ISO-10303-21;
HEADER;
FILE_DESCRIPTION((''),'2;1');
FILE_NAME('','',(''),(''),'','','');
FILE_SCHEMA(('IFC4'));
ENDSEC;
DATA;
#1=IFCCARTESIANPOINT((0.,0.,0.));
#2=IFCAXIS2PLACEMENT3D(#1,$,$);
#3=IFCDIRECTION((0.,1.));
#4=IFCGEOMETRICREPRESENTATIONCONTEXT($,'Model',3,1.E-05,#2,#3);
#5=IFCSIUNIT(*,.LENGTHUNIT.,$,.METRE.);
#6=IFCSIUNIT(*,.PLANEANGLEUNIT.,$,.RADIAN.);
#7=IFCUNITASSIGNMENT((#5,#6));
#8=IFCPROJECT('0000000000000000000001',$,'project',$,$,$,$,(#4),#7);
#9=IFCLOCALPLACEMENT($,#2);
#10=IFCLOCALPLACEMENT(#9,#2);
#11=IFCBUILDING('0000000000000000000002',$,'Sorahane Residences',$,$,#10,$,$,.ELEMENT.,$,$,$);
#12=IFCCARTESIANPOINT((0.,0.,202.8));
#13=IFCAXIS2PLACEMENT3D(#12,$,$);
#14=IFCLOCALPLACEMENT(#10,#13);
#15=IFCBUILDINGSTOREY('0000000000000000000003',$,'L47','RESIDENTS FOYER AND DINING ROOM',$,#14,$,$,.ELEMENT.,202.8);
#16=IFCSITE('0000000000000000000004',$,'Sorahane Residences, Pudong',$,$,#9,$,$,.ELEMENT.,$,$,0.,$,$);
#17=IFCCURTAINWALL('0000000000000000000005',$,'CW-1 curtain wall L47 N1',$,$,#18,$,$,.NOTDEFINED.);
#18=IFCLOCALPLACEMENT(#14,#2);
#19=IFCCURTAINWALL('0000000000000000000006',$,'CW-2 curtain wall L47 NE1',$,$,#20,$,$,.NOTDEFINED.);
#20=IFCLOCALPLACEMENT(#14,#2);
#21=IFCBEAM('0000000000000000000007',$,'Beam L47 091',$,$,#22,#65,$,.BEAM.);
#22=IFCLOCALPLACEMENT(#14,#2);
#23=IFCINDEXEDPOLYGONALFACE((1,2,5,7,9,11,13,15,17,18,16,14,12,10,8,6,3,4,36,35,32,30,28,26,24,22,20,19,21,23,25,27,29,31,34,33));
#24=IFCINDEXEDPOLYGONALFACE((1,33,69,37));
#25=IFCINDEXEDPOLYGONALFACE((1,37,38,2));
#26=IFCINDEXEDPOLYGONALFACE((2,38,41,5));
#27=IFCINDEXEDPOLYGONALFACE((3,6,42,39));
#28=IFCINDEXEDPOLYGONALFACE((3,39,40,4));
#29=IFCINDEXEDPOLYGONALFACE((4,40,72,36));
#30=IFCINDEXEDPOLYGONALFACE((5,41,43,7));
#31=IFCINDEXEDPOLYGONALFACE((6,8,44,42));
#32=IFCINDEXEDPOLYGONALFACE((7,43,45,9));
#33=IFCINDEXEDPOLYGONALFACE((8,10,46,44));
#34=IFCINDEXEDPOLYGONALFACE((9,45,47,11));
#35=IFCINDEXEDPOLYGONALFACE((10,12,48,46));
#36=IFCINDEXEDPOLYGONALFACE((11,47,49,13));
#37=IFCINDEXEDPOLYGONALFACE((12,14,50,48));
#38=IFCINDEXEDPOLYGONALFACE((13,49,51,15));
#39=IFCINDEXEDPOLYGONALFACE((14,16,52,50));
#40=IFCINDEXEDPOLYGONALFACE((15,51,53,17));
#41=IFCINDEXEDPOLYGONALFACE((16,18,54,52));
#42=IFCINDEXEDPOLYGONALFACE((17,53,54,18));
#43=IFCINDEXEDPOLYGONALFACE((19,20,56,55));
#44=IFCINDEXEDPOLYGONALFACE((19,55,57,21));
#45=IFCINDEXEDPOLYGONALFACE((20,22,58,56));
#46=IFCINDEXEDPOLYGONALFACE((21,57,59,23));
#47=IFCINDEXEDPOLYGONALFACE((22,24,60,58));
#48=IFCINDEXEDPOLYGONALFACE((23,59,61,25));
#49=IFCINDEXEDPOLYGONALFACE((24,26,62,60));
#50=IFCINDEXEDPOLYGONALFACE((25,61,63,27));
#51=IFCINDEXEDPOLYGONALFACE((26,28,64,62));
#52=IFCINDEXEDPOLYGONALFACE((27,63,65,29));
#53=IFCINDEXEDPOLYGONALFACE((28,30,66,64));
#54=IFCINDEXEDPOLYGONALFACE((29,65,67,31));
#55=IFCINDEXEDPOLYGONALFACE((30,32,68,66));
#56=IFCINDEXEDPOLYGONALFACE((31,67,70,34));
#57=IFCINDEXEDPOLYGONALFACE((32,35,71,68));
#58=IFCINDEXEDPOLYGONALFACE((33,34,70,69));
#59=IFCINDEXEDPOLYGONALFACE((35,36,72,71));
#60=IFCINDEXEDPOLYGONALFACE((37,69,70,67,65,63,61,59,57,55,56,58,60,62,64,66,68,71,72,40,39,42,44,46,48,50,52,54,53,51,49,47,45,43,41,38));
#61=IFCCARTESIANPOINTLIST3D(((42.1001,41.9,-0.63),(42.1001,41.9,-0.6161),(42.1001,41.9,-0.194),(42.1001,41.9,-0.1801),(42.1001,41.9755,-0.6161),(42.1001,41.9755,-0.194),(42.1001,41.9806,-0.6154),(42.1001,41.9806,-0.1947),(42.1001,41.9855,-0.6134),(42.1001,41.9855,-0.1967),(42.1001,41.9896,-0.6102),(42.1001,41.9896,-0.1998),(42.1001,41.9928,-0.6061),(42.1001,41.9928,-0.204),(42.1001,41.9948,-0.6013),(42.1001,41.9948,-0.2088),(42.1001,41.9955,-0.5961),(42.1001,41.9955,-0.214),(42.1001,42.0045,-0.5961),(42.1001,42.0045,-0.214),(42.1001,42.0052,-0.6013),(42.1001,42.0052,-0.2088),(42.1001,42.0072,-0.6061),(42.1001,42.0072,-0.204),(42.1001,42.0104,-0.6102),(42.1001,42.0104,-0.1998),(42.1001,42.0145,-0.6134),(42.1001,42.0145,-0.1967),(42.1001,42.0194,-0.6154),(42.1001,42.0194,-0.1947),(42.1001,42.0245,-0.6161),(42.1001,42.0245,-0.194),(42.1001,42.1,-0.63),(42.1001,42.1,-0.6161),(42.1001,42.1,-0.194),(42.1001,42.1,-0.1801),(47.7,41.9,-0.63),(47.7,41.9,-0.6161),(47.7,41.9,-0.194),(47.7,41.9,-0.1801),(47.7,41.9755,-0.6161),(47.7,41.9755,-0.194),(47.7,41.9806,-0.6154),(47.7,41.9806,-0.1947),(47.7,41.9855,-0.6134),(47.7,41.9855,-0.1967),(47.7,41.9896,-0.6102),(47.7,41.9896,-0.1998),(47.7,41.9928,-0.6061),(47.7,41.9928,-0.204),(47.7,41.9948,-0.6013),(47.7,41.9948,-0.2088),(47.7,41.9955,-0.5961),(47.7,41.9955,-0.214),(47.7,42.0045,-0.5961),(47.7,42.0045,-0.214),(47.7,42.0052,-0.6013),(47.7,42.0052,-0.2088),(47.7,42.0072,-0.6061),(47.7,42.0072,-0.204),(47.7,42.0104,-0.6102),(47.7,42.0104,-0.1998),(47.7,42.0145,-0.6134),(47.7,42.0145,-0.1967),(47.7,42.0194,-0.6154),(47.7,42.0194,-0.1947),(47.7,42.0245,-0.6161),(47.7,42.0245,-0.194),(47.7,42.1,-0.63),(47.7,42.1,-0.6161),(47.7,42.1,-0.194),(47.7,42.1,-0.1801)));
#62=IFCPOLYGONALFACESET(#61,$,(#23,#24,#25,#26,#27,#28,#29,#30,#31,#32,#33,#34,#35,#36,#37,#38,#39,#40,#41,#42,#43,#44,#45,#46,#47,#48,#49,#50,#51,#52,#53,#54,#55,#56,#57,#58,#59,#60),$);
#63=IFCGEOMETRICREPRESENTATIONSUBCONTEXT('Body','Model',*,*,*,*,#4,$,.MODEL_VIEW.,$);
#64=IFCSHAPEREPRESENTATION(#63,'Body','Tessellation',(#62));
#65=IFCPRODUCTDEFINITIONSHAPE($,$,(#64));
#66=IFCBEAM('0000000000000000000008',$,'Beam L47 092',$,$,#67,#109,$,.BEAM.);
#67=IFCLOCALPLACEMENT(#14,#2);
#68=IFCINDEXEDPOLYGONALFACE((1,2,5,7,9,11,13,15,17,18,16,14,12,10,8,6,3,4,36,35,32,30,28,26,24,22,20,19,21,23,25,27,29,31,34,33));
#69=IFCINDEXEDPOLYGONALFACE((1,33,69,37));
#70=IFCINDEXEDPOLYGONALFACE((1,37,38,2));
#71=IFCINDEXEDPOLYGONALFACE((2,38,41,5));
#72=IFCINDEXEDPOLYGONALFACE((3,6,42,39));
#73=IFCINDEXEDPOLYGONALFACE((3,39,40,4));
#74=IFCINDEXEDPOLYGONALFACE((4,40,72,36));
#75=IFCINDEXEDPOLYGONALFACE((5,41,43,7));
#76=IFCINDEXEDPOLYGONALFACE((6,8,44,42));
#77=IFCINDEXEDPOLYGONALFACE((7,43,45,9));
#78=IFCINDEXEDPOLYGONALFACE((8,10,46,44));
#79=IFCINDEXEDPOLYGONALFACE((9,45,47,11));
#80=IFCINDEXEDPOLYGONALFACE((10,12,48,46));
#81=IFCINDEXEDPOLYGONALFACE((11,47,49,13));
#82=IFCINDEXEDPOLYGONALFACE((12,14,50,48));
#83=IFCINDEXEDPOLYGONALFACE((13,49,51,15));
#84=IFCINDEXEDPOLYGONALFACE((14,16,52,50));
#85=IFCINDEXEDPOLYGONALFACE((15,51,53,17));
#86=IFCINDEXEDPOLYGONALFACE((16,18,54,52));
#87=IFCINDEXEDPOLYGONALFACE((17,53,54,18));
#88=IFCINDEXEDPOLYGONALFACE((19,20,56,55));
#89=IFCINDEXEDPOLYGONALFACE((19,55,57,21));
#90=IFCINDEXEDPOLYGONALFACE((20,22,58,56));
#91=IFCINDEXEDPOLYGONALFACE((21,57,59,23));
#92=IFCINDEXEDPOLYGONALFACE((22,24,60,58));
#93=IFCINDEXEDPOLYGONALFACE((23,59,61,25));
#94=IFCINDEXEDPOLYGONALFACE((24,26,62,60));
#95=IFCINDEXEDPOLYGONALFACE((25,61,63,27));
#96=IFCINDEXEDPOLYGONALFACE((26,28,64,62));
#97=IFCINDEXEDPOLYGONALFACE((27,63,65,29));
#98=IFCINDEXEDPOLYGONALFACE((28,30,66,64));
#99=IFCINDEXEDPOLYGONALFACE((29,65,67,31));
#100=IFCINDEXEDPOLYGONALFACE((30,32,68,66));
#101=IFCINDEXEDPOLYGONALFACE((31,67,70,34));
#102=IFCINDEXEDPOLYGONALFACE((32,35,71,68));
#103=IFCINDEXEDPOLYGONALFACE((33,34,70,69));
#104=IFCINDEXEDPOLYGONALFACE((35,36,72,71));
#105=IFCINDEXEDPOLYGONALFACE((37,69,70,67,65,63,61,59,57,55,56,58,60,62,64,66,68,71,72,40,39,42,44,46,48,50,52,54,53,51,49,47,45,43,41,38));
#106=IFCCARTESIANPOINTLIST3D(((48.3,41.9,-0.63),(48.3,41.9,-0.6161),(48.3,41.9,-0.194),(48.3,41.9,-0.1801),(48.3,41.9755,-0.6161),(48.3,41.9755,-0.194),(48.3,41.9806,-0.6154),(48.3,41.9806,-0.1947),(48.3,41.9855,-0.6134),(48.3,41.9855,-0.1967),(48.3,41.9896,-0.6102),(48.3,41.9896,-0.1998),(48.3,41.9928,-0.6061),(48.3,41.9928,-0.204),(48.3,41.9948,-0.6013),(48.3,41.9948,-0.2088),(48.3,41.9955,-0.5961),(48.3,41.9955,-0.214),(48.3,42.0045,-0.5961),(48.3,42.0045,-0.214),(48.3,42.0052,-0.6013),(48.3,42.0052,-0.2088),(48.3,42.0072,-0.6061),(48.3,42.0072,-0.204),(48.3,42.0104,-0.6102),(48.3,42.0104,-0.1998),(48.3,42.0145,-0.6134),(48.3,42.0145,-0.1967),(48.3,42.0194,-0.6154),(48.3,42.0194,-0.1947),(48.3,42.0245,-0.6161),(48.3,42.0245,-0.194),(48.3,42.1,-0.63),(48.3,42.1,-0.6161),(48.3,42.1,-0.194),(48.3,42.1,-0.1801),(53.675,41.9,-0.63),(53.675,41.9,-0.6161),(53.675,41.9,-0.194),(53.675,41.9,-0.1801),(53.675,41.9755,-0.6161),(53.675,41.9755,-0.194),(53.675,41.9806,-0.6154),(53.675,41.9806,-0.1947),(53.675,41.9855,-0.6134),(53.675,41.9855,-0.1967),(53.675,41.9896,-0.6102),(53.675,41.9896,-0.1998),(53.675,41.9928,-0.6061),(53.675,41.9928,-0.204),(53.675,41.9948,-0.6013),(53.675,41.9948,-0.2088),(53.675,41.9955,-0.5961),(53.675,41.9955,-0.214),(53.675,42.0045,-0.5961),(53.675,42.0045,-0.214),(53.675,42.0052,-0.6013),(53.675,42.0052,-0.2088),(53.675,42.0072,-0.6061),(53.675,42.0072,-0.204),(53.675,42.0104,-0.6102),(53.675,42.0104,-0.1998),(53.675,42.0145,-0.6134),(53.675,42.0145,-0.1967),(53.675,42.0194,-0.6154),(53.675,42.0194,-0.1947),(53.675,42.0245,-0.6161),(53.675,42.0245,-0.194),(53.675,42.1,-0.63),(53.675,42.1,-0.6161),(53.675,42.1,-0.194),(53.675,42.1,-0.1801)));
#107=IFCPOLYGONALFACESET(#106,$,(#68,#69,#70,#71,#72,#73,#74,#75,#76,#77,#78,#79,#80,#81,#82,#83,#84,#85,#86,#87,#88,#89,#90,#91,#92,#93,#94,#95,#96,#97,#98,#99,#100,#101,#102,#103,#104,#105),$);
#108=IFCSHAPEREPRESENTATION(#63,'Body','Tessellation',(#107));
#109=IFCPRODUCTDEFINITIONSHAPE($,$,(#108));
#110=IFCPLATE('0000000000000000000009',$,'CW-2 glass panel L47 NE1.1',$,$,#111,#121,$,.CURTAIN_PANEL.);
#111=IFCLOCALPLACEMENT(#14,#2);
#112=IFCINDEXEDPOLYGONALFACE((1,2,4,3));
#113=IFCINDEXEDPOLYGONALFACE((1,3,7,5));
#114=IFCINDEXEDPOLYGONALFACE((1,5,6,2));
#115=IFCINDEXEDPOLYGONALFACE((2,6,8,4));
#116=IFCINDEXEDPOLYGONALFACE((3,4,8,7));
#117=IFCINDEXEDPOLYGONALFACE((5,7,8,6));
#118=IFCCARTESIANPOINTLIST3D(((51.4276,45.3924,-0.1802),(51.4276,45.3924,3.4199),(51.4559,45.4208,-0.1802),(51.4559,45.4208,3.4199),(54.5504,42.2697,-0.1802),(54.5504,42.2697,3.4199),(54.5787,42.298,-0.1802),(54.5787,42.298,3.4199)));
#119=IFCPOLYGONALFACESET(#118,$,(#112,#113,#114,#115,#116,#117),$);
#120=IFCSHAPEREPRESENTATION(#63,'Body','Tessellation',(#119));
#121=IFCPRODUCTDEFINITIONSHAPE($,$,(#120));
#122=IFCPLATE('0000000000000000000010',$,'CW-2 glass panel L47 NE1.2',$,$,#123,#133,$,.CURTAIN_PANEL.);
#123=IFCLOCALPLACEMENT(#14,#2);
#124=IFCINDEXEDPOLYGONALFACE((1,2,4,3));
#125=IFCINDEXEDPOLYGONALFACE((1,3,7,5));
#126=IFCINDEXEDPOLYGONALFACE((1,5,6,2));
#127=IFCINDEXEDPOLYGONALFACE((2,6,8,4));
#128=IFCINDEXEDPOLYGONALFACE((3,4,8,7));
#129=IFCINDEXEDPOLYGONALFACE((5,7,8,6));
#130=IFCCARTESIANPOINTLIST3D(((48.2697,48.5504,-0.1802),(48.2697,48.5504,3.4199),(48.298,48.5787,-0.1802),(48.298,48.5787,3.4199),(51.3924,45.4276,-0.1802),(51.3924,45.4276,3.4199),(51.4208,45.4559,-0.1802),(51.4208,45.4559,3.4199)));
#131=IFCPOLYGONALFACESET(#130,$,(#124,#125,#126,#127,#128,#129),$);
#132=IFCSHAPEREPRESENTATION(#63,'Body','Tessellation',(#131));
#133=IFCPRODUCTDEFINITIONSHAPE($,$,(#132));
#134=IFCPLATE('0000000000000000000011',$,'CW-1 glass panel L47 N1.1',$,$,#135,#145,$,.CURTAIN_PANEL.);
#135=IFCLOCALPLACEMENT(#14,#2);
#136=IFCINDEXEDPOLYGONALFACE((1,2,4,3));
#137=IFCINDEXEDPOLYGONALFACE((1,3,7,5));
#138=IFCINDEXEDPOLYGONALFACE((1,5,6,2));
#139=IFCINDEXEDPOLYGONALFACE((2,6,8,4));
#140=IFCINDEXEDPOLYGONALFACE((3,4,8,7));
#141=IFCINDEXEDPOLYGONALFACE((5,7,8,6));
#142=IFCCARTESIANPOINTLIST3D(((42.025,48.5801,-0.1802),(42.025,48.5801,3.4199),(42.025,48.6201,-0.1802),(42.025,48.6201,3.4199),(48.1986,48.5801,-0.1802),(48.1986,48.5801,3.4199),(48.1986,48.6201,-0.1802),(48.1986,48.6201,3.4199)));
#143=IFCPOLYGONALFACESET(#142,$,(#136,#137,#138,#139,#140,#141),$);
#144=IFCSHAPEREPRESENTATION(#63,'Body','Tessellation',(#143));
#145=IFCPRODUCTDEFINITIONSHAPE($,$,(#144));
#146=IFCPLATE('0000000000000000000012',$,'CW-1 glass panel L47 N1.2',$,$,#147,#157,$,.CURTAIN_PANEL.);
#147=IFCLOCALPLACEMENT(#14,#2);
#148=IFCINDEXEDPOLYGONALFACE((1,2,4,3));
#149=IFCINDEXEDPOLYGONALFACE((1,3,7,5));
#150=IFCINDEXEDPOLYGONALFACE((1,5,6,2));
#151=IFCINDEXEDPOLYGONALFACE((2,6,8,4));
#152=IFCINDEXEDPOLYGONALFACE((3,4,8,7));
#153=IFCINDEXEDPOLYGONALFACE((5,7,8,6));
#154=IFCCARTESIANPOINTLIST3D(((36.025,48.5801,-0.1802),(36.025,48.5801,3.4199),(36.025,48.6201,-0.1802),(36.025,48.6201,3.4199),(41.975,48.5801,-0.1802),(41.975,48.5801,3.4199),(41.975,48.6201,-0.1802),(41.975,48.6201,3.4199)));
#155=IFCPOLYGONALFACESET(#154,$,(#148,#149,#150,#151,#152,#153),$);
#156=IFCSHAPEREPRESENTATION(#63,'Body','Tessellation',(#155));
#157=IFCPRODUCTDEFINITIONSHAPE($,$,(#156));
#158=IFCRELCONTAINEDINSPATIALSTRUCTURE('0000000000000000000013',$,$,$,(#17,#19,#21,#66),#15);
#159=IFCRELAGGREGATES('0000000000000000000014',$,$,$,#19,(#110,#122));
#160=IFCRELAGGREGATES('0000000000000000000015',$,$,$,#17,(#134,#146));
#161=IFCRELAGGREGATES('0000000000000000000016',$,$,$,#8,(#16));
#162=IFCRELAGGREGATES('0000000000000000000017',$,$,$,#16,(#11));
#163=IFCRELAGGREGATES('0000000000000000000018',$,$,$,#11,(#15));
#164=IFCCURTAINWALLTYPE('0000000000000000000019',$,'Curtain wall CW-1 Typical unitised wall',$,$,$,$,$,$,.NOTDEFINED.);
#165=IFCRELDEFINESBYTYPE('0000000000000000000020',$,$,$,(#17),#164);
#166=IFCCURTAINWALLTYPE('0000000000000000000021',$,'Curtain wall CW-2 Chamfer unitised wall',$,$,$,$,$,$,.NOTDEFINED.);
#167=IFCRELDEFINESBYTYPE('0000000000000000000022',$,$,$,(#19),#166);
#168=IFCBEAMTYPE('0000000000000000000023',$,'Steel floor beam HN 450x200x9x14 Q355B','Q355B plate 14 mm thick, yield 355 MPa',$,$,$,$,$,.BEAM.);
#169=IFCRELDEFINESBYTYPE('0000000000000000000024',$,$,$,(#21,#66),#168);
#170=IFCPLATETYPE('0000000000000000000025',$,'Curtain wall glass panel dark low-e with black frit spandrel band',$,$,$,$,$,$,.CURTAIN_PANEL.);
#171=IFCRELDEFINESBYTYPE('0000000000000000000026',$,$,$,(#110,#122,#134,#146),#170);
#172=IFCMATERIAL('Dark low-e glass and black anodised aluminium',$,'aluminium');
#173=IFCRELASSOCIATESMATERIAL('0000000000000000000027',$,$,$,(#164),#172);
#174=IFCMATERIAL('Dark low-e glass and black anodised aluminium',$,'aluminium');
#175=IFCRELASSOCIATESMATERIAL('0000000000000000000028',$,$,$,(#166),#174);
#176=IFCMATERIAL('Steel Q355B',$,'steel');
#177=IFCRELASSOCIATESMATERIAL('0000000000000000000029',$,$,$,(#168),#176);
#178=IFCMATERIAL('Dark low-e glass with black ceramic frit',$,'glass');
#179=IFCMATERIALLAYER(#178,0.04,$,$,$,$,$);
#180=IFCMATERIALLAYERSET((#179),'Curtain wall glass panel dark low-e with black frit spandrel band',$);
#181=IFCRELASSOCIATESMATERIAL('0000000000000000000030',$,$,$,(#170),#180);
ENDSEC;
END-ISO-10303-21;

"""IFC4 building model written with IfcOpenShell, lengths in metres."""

from ifc_helpers import new_model, si_unit, direction, frame, origin, origin_2d, place, context, subcontext, project, spatial, rectangle, i_section, extrude, material, layer, layer_set, material_profile, profile_set, type_object, element, aggregate, save


model = new_model("IFC4")

# Units and contexts
model_context = context("Model", 3, precision=1e-05, world=origin(), true_north=direction((0.0, 1.0)))
body_context = subcontext(model_context, "Body", "Model", "MODEL_VIEW")
ifc_project = project(units=[si_unit("LENGTHUNIT", "METRE"), si_unit("PLANEANGLEUNIT", "RADIAN")], contexts=[model_context])

# Site, building, storey
site_placement = place(None, origin())
site = spatial("IfcSite", under=ifc_project, at=site_placement, Name="Sorahane Residences, Pudong", CompositionType="ELEMENT", RefElevation=0.0)
building_placement = place(site_placement, origin())
building = spatial("IfcBuilding", under=site, at=building_placement, Name="Sorahane Residences", CompositionType="ELEMENT")
storey_placement = place(building_placement, frame((0.0, 0.0, 202.8)))
storey = spatial("IfcBuildingStorey", under=building, at=storey_placement, Name="L47", Description="RESIDENTS FOYER AND DINING ROOM", CompositionType="ELEMENT", Elevation=202.8)

# Curtain wall
ifc_material_1 = material(Name="Dark low-e glass and black anodised aluminium", Category="aluminium")
curtain_wall_type_1 = type_object("IfcCurtainWallType", Name="Curtain wall CW-1 Typical unitised wall", PredefinedType="NOTDEFINED", material=ifc_material_1)
curtain_wall_1_placement = place(storey_placement, origin())
curtain_wall_1 = element("IfcCurtainWall", 1, at=curtain_wall_1_placement, inside=storey, type_object=curtain_wall_type_1, Name="CW-1 curtain wall L47 N1", PredefinedType="NOTDEFINED")

# Curtain wall
ifc_material_2 = material(Name="Dark low-e glass and black anodised aluminium", Category="aluminium")
curtain_wall_type_2 = type_object("IfcCurtainWallType", Name="Curtain wall CW-2 Chamfer unitised wall", PredefinedType="NOTDEFINED", material=ifc_material_2)
curtain_wall_2_placement = place(storey_placement, origin())
curtain_wall_2 = element("IfcCurtainWall", 2, at=curtain_wall_2_placement, inside=storey, type_object=curtain_wall_type_2, Name="CW-2 curtain wall L47 NE1", PredefinedType="NOTDEFINED")

# Beams
ifc_material_3 = material(Name="Steel Q355B", Category="steel")
ifc_material_profile_1 = material_profile(ifc_material_3, i_section(OverallWidth=0.2, OverallDepth=0.45, WebThickness=0.009, FlangeThickness=0.0139, FilletRadius=0.02, at=origin_2d()), Name="HN 450x200x9x14")
ifc_profile_set_1 = profile_set([ifc_material_profile_1], Name="Steel Q355B")
beam_type_1 = type_object("IfcBeamType", Name="Steel floor beam HN 450x200x9x14 Q355B", Description="Q355B plate 14 mm thick, yield 355 MPa", PredefinedType="BEAM", material=ifc_profile_set_1)
beam_1_placement = place(storey_placement, frame((42.1001, 42.0, -0.405), z_axis=(1.0, 0.0, 0.0), x_axis=(0.0, 1.0, 0.0)))
element("IfcBeam", 3, at=beam_1_placement, inside=storey, type_object=beam_type_1, Name="Beam L47 091", PredefinedType="BEAM", context=body_context, shape_type="SweptSolid", body=[
    extrude(i_section(OverallWidth=0.2, OverallDepth=0.45, WebThickness=0.009, FlangeThickness=0.0139, FilletRadius=0.02, at=origin_2d()), origin(), (0.0, 0.0, 1.0), 5.5999),
])
beam_2_placement = place(storey_placement, frame((48.3, 42.0, -0.405), z_axis=(1.0, 0.0, 0.0), x_axis=(0.0, 1.0, 0.0)))
element("IfcBeam", 4, at=beam_2_placement, inside=storey, type_object=beam_type_1, Name="Beam L47 092", PredefinedType="BEAM", context=body_context, shape_type="SweptSolid", body=[
    extrude(i_section(OverallWidth=0.2, OverallDepth=0.45, WebThickness=0.009, FlangeThickness=0.0139, FilletRadius=0.02, at=origin_2d()), origin(), (0.0, 0.0, 1.0), 5.375),
])

# Plates
ifc_material_4 = material(Name="Dark low-e glass with black ceramic frit", Category="glass")
ifc_layer_1 = layer(ifc_material_4, 0.04)
ifc_layer_set_1 = layer_set([ifc_layer_1], Name="Curtain wall glass panel dark low-e with black frit spandrel band")
plate_type = type_object("IfcPlateType", Name="Curtain wall glass panel dark low-e with black frit spandrel band", PredefinedType="CURTAIN_PANEL", material=ifc_layer_set_1)
plate_1_placement = place(storey_placement, frame((53.0032, 43.8452, -0.1802), z_axis=(0.0, 0.0, 1.0), x_axis=(-0.707107, 0.707107, 0.0)))
plate_1 = element("IfcPlate", 5, at=plate_1_placement, type_object=plate_type, Name="CW-2 glass panel L47 NE1.1", PredefinedType="CURTAIN_PANEL", context=body_context, shape_type="SweptSolid", body=[
    extrude(rectangle(XDim=4.4163, YDim=0.04, at=origin_2d()), origin(), (0.0, 0.0, 1.0), 3.6001),
])
plate_2_placement = place(storey_placement, frame((49.8452, 47.0032, -0.1802), z_axis=(0.0, 0.0, 1.0), x_axis=(-0.707107, 0.707107, 0.0)))
plate_2 = element("IfcPlate", 6, at=plate_2_placement, type_object=plate_type, Name="CW-2 glass panel L47 NE1.2", PredefinedType="CURTAIN_PANEL", context=body_context, shape_type="SweptSolid", body=[
    extrude(rectangle(XDim=4.4163, YDim=0.04, at=origin_2d()), origin(), (0.0, 0.0, 1.0), 3.6001),
])
aggregate(curtain_wall_2, [plate_1, plate_2])
plate_3_placement = place(storey_placement, frame((45.1118, 48.6001, -0.1802), z_axis=(0.0, 0.0, 1.0), x_axis=(-1.0, 0.0, 0.0)))
plate_3 = element("IfcPlate", 7, at=plate_3_placement, type_object=plate_type, Name="CW-1 glass panel L47 N1.1", PredefinedType="CURTAIN_PANEL", context=body_context, shape_type="SweptSolid", body=[
    extrude(rectangle(XDim=6.1736, YDim=0.04, at=origin_2d()), origin(), (0.0, 0.0, 1.0), 3.6001),
])
plate_4_placement = place(storey_placement, frame((39.0, 48.6001, -0.1802), z_axis=(0.0, 0.0, 1.0), x_axis=(-1.0, 0.0, 0.0)))
plate_4 = element("IfcPlate", 8, at=plate_4_placement, type_object=plate_type, Name="CW-1 glass panel L47 N1.2", PredefinedType="CURTAIN_PANEL", context=body_context, shape_type="SweptSolid", body=[
    extrude(rectangle(XDim=5.95, YDim=0.04, at=origin_2d()), origin(), (0.0, 0.0, 1.0), 3.6001),
])
aggregate(curtain_wall_1, [plate_3, plate_4])

save(model, "model.ifc")
